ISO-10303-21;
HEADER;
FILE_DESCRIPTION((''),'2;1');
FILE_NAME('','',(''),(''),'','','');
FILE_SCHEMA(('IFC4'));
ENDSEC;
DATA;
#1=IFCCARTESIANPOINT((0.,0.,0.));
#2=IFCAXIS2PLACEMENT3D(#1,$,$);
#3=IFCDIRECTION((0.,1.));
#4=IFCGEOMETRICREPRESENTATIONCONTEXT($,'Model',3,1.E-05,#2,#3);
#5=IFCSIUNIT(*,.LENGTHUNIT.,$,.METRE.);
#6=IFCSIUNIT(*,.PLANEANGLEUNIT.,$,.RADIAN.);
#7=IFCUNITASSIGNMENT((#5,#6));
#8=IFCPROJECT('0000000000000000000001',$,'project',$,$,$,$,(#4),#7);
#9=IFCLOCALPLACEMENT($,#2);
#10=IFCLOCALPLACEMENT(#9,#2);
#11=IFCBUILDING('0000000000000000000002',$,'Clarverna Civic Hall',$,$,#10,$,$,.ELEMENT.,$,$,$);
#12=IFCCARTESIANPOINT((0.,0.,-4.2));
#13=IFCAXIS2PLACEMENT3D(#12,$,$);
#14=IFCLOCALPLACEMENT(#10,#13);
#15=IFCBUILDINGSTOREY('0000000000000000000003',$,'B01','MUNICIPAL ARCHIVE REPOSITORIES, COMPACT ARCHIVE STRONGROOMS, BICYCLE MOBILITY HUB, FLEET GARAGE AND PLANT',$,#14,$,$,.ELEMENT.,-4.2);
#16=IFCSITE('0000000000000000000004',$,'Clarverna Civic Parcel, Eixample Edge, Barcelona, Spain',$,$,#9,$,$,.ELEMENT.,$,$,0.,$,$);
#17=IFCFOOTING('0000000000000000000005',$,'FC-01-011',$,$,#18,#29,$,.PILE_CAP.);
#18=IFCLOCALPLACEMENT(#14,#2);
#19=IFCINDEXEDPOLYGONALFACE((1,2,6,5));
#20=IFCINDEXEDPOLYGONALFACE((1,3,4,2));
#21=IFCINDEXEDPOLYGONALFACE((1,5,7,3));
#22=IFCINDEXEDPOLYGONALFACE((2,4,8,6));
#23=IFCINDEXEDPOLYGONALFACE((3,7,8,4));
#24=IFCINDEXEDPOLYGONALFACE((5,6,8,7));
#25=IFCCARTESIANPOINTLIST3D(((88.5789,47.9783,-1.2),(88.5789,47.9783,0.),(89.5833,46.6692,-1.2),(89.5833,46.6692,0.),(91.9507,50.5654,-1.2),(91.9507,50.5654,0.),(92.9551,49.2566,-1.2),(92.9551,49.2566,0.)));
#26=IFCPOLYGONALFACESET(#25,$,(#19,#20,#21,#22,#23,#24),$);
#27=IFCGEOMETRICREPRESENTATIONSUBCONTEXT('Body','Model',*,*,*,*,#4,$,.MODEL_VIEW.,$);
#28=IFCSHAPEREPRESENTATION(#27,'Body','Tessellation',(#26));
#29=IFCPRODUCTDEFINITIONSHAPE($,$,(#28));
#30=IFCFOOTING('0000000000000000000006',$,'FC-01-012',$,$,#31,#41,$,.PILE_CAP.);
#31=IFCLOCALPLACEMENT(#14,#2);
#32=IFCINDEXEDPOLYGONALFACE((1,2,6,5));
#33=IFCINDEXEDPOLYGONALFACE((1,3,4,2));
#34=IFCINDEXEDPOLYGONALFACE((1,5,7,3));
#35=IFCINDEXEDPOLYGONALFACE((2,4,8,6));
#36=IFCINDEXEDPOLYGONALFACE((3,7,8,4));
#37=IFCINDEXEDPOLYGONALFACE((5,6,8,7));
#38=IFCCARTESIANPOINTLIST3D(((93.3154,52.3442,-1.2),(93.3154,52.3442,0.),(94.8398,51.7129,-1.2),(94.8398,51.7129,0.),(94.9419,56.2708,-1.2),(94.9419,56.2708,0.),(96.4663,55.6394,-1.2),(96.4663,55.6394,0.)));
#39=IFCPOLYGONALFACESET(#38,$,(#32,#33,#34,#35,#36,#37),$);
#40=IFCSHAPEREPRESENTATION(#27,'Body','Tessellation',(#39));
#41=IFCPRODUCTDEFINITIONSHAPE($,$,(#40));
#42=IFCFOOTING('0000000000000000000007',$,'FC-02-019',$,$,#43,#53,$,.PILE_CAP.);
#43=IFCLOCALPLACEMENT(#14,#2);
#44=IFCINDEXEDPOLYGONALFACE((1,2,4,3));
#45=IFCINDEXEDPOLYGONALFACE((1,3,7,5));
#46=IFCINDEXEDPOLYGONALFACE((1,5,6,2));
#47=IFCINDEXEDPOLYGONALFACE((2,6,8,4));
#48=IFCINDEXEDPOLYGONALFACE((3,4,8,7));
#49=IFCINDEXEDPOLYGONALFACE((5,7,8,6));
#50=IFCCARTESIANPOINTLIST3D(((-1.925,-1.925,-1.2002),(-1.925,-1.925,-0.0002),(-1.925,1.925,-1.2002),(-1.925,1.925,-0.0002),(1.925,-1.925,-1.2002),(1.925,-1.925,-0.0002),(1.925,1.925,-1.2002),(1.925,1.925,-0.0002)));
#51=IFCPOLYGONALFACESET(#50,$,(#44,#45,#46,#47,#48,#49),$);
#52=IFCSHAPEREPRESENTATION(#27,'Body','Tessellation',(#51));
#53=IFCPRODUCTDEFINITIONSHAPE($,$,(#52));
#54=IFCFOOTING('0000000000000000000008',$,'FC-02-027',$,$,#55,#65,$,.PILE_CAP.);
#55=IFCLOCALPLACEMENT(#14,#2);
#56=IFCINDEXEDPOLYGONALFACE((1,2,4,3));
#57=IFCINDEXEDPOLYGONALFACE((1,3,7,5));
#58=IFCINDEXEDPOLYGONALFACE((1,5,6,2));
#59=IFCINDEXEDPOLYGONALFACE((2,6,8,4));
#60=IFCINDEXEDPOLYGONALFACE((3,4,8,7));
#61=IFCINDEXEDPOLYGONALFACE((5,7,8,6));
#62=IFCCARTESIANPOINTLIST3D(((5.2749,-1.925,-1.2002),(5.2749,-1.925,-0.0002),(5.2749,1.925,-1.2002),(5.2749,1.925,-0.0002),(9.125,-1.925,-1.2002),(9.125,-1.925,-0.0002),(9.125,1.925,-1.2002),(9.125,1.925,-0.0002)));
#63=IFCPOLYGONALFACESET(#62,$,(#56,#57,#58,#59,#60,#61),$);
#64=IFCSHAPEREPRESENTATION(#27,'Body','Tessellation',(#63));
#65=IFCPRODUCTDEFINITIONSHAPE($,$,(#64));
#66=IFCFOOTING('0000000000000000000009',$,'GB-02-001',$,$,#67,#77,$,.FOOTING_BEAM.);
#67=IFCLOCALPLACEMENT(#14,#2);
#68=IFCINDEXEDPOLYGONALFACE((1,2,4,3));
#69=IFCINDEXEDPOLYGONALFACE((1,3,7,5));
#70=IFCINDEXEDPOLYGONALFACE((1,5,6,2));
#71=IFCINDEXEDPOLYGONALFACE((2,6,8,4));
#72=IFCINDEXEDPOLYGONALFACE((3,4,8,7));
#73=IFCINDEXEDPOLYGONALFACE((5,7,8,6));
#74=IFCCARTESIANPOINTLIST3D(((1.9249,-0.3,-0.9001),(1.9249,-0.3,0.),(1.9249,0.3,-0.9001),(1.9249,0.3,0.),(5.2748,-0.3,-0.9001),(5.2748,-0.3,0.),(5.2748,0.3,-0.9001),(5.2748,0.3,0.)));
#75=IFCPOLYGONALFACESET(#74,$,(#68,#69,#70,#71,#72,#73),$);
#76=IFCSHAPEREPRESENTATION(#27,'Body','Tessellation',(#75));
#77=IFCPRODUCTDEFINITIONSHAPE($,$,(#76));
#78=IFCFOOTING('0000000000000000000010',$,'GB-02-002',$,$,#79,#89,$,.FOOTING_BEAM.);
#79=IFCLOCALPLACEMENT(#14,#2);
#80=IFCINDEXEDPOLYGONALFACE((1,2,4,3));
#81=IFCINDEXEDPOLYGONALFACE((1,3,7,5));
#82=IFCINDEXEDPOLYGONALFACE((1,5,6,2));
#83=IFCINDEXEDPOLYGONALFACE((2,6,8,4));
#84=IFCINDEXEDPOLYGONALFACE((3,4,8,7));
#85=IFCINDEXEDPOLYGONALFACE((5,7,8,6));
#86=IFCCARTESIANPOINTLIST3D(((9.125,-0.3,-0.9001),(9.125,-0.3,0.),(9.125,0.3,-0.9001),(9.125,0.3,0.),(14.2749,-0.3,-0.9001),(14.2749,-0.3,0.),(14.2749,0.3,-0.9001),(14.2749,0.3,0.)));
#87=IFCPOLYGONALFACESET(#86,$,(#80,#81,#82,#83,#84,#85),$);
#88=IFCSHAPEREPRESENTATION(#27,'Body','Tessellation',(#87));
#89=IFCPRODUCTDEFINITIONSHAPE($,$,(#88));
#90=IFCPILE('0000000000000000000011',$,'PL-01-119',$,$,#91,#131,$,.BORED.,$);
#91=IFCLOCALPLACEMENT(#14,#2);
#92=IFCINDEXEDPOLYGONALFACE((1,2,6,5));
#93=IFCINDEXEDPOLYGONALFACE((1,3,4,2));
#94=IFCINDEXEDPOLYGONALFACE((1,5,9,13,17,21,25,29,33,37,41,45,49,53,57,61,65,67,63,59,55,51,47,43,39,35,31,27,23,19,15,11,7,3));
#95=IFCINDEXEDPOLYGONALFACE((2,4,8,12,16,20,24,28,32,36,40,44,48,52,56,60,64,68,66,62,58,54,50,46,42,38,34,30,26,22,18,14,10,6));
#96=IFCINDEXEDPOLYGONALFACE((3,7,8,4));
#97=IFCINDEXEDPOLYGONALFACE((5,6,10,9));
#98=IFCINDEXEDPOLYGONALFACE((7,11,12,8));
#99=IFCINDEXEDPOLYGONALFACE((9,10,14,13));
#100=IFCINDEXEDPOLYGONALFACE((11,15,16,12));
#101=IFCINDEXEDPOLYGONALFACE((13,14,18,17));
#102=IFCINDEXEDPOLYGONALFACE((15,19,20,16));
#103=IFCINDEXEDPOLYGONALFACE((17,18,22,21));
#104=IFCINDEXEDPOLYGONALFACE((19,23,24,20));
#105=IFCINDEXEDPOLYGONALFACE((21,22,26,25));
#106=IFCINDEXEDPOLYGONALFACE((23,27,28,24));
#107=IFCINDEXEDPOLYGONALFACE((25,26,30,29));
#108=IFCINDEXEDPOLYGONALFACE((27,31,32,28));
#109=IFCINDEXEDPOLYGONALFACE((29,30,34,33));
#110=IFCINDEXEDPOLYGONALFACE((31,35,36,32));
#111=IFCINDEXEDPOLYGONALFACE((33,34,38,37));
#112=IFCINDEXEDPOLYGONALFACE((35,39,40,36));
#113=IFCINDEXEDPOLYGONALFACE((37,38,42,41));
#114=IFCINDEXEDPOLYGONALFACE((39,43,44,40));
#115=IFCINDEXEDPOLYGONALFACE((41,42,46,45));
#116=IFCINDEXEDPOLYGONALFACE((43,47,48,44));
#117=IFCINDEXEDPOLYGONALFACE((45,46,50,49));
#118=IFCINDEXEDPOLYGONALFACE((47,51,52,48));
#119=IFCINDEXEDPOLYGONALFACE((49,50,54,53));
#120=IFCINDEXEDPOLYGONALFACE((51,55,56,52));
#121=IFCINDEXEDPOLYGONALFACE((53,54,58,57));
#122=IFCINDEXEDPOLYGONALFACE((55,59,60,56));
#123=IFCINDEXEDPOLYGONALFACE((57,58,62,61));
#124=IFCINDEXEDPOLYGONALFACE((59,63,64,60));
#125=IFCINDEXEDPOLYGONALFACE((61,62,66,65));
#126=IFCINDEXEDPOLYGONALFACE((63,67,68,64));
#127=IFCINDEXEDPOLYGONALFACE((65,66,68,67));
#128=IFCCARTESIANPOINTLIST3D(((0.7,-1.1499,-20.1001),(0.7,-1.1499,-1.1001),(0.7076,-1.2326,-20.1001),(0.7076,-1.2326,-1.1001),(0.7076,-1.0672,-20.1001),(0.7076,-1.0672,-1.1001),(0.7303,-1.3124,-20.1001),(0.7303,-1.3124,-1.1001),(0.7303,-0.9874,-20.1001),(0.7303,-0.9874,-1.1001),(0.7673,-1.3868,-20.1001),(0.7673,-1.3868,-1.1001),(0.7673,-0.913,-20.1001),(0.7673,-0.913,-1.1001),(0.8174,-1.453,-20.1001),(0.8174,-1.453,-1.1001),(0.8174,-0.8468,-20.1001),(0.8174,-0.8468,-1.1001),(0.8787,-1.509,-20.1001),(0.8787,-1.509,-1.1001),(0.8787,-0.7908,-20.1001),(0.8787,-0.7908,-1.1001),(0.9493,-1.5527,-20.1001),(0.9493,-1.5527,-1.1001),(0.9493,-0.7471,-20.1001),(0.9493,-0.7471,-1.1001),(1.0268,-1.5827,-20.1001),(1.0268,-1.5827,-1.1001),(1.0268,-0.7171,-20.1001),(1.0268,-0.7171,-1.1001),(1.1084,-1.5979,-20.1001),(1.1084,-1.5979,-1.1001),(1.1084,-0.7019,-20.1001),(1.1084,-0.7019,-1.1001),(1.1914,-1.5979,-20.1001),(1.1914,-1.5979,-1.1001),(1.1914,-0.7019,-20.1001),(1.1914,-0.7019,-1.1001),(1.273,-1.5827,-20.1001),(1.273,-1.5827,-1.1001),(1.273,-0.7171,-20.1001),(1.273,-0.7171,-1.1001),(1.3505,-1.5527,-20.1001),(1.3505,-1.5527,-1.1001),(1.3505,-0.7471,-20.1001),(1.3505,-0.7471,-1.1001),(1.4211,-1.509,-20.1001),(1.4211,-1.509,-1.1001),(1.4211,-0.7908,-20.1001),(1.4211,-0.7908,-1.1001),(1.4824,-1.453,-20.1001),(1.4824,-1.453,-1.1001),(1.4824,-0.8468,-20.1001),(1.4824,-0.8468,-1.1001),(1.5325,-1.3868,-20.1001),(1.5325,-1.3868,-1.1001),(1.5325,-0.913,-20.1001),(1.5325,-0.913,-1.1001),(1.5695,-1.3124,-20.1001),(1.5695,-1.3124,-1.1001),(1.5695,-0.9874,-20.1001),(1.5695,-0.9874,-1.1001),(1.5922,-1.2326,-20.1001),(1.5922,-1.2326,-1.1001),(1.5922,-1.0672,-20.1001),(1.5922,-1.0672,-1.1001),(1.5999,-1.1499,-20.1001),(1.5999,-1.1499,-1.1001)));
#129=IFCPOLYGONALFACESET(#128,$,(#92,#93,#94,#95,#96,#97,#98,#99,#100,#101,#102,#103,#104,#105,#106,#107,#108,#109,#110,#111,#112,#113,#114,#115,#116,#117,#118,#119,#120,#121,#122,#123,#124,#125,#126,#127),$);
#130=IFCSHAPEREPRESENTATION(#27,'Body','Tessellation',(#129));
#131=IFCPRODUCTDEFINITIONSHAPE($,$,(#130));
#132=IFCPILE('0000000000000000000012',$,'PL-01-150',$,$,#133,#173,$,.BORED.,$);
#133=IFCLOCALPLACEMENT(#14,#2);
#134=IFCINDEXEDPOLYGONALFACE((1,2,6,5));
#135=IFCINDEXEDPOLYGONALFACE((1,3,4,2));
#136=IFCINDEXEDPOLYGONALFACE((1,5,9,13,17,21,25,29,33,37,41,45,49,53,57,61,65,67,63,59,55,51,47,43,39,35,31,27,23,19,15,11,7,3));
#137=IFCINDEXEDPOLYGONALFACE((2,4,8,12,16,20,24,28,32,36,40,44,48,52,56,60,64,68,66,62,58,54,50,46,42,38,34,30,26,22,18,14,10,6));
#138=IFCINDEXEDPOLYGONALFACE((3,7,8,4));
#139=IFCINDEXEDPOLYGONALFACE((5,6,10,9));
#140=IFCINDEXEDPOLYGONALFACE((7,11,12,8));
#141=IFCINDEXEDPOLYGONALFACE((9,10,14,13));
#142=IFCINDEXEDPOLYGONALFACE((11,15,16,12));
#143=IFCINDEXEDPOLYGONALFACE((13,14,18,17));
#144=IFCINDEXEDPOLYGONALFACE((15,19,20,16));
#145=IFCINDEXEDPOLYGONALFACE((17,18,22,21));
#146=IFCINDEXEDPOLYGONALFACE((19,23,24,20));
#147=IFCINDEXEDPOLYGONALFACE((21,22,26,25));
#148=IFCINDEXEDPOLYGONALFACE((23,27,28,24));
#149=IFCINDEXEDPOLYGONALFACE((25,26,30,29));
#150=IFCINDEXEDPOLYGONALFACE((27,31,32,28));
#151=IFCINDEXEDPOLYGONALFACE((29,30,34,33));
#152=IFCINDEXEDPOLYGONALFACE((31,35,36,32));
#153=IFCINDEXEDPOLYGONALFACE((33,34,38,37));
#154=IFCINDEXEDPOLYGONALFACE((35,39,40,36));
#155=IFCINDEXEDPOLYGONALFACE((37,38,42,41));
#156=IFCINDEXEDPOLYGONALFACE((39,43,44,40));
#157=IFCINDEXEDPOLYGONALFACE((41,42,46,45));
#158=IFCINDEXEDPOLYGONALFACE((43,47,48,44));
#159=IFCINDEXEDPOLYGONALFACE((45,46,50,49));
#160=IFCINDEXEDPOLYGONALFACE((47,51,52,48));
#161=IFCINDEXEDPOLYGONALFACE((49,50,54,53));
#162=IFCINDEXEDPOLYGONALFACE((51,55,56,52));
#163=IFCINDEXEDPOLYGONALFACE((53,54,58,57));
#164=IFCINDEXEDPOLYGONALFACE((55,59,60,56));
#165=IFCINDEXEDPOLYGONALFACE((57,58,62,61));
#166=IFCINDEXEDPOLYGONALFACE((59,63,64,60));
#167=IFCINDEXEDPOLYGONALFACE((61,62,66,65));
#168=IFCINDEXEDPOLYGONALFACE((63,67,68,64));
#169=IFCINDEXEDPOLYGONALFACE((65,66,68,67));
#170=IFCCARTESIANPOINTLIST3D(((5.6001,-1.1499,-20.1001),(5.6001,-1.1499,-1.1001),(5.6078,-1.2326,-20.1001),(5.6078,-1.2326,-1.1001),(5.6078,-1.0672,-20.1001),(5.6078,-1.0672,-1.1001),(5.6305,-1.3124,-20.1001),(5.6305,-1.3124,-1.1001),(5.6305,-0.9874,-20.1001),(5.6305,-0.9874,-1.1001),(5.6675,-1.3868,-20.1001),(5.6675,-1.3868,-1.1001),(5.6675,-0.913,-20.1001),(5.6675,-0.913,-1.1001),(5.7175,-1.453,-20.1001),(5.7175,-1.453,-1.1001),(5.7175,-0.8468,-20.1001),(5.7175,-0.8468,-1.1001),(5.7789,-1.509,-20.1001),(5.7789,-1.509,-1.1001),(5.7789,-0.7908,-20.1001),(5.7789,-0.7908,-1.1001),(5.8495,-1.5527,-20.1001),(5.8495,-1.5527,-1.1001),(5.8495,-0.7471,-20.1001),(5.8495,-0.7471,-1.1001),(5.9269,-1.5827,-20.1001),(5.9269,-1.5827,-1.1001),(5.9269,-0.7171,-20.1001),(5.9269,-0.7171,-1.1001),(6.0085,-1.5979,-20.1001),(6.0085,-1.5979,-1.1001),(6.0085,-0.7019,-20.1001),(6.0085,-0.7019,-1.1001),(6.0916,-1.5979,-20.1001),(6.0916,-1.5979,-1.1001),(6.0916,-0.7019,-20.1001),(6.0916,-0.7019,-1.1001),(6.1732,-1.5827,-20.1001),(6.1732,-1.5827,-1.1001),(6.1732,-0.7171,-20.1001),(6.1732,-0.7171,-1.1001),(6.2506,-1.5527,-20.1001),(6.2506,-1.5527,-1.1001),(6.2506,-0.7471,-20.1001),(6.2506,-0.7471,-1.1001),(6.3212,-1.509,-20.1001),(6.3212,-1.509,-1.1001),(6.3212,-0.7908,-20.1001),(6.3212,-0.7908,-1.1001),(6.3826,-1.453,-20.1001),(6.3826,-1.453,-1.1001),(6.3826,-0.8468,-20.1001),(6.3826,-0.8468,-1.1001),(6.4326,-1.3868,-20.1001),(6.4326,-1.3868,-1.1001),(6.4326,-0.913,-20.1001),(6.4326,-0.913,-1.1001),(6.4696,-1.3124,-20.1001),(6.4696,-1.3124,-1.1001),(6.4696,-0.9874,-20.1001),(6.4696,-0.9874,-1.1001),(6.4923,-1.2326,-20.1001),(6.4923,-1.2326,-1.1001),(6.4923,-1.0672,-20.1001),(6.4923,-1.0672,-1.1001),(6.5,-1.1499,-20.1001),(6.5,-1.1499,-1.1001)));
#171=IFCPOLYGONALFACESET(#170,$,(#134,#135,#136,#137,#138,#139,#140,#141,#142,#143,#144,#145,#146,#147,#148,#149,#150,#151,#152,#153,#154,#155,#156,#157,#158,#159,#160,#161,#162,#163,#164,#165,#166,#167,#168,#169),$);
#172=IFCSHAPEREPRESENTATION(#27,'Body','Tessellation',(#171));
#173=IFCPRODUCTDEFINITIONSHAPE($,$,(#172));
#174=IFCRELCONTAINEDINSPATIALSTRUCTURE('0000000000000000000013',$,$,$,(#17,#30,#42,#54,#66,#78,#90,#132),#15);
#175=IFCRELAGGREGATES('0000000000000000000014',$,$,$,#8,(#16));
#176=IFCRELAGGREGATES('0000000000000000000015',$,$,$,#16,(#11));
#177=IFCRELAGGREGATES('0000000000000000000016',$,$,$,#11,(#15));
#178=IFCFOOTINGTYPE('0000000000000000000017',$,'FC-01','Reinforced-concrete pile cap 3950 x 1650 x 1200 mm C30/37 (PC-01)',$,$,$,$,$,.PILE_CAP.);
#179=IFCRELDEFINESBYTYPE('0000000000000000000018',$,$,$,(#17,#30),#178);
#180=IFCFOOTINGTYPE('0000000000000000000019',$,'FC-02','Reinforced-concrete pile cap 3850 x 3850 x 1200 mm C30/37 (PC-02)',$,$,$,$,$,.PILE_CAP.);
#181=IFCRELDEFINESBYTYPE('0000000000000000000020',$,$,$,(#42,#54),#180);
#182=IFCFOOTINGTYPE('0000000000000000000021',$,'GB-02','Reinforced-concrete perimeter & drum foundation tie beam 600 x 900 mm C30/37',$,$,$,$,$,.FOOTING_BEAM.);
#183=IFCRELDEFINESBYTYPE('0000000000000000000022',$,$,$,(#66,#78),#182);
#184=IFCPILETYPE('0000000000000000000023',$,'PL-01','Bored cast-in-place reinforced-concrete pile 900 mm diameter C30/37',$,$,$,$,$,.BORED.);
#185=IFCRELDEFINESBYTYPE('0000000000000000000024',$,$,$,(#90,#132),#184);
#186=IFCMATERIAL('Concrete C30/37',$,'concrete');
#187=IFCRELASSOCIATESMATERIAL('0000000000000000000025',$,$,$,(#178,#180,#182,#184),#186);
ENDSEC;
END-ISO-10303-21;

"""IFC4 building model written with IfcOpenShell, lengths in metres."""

from ifc_helpers import new_model, si_unit, direction, frame, frame_2d, origin, origin_2d, place, context, subcontext, project, spatial, polyline, rectangle, circle, outline, extrude, material, material_profile, profile_set, type_object, element, save


model = new_model("IFC4")

# Units and contexts
model_context = context("Model", 3, precision=1e-05, world=origin(), true_north=direction((0.0, 1.0)))
body_context = subcontext(model_context, "Body", "Model", "MODEL_VIEW")
ifc_project = project(units=[si_unit("LENGTHUNIT", "METRE"), si_unit("PLANEANGLEUNIT", "RADIAN")], contexts=[model_context])

# Site, building, storey
site_placement = place(None, origin())
site = spatial("IfcSite", under=ifc_project, at=site_placement, Name="Clarverna Civic Parcel, Eixample Edge, Barcelona, Spain", CompositionType="ELEMENT", RefElevation=0.0)
building_placement = place(site_placement, origin())
building = spatial("IfcBuilding", under=site, at=building_placement, Name="Clarverna Civic Hall", CompositionType="ELEMENT")
storey_placement = place(building_placement, frame((0.0, 0.0, -4.2)))
storey = spatial("IfcBuildingStorey", under=building, at=storey_placement, Name="B01", Description="MUNICIPAL ARCHIVE REPOSITORIES, COMPACT ARCHIVE STRONGROOMS, BICYCLE MOBILITY HUB, FLEET GARAGE AND PLANT", CompositionType="ELEMENT", Elevation=-4.2)

# Footings
ifc_material_1 = material(Name="Concrete C30/37", Category="concrete")
footing_type_1 = type_object("IfcFootingType", Name="FC-01", Description="Reinforced-concrete pile cap 3950 x 1650 x 1200 mm C30/37 (PC-01)", PredefinedType="PILE_CAP", material=ifc_material_1)
footing_1_placement = place(storey_placement, frame((0.0, 0.0, -1.2)))
element("IfcFooting", 1, at=footing_1_placement, inside=storey, type_object=footing_type_1, Name="FC-01-011", PredefinedType="PILE_CAP", context=body_context, shape_type="SweptSolid", body=[
    extrude(outline(polyline([(89.5833, 46.6692), (92.9551, 49.2566), (91.9507, 50.5654), (88.5789, 47.9783), (89.5833, 46.6692)])), origin(), (0.0, 0.0, 1.0), 1.2),
])
footing_2_placement = place(storey_placement, frame((0.0, 0.0, -1.2)))
element("IfcFooting", 2, at=footing_2_placement, inside=storey, type_object=footing_type_1, Name="FC-01-012", PredefinedType="PILE_CAP", context=body_context, shape_type="SweptSolid", body=[
    extrude(outline(polyline([(94.8398, 51.7129), (96.4663, 55.6394), (94.9419, 56.2708), (93.3154, 52.3442), (94.8398, 51.7129)])), origin(), (0.0, 0.0, 1.0), 1.2),
])
footing_type_2 = type_object("IfcFootingType", Name="FC-02", Description="Reinforced-concrete pile cap 3850 x 3850 x 1200 mm C30/37 (PC-02)", PredefinedType="PILE_CAP", material=ifc_material_1)
for number, where, z_axis, x_axis, name in (
    (3, (0.0, 0.0, -1.2002), (0.0, 0.0, 1.0), (1.0, 0.0, 0.0), "FC-02-019"),
    (4, (7.2, 0.0, -1.2002), (0.0, 0.0, 1.0), (1.0, 0.0, 0.0), "FC-02-027"),
):
    element("IfcFooting", number, at=place(storey_placement, frame(where, z_axis=z_axis, x_axis=x_axis)), inside=storey, type_object=footing_type_2, Name=name, PredefinedType="PILE_CAP", context=body_context, shape_type="SweptSolid", body=[
        extrude(rectangle(XDim=3.8501, YDim=3.8501, at=origin_2d()), origin(), (0.0, 0.0, 1.0), 1.2),
    ])
footing_type_3 = type_object("IfcFootingType", Name="GB-02", Description="Reinforced-concrete perimeter & drum foundation tie beam 600 x 900 mm C30/37", PredefinedType="FOOTING_BEAM", material=ifc_material_1)
footing_3_placement = place(storey_placement, frame((1.925, 0.0, -0.9001), z_axis=(0.0, 0.0, 1.0), x_axis=(1.0, 0.0, 0.0)))
element("IfcFooting", 5, at=footing_3_placement, inside=storey, type_object=footing_type_3, Name="GB-02-001", PredefinedType="FOOTING_BEAM", context=body_context, shape_type="SweptSolid", body=[
    extrude(rectangle(XDim=3.3499, YDim=0.6001, at=frame_2d((1.6748, 0.0))), origin(), (0.0, 0.0, 1.0), 0.9001),
])
footing_4_placement = place(storey_placement, frame((9.125, 0.0, -0.9001), z_axis=(0.0, 0.0, 1.0), x_axis=(1.0, 0.0, 0.0)))
element("IfcFooting", 6, at=footing_4_placement, inside=storey, type_object=footing_type_3, Name="GB-02-002", PredefinedType="FOOTING_BEAM", context=body_context, shape_type="SweptSolid", body=[
    extrude(rectangle(XDim=5.1499, YDim=0.6001, at=frame_2d((2.575, 0.0))), origin(), (0.0, 0.0, 1.0), 0.9001),
])

# Piles
ifc_material_profile_1 = material_profile(ifc_material_1, circle(Radius=0.45, at=origin_2d()), Name="BORED PILE D900")
ifc_profile_set_1 = profile_set([ifc_material_profile_1], Name="Concrete C30/37")
pile_type = type_object("IfcPileType", Name="PL-01", Description="Bored cast-in-place reinforced-concrete pile 900 mm diameter C30/37", PredefinedType="BORED", material=ifc_profile_set_1)
for number, where, z_axis, x_axis, name in (
    (7, (1.1499, -1.1499, -1.1001), (0.0, 0.0, -1.0), (1.0, 0.0, 0.0), "PL-01-119"),
    (8, (6.05, -1.1499, -1.1001), (0.0, 0.0, -1.0), (1.0, 0.0, 0.0), "PL-01-150"),
):
    element("IfcPile", number, at=place(storey_placement, frame(where, z_axis=z_axis, x_axis=x_axis)), inside=storey, type_object=pile_type, Name=name, PredefinedType="BORED", context=body_context, shape_type="SweptSolid", body=[
        extrude(circle(Radius=0.45, at=origin_2d()), origin(), (0.0, 0.0, 1.0), 19.0),
    ])

save(model, "model.ifc")
